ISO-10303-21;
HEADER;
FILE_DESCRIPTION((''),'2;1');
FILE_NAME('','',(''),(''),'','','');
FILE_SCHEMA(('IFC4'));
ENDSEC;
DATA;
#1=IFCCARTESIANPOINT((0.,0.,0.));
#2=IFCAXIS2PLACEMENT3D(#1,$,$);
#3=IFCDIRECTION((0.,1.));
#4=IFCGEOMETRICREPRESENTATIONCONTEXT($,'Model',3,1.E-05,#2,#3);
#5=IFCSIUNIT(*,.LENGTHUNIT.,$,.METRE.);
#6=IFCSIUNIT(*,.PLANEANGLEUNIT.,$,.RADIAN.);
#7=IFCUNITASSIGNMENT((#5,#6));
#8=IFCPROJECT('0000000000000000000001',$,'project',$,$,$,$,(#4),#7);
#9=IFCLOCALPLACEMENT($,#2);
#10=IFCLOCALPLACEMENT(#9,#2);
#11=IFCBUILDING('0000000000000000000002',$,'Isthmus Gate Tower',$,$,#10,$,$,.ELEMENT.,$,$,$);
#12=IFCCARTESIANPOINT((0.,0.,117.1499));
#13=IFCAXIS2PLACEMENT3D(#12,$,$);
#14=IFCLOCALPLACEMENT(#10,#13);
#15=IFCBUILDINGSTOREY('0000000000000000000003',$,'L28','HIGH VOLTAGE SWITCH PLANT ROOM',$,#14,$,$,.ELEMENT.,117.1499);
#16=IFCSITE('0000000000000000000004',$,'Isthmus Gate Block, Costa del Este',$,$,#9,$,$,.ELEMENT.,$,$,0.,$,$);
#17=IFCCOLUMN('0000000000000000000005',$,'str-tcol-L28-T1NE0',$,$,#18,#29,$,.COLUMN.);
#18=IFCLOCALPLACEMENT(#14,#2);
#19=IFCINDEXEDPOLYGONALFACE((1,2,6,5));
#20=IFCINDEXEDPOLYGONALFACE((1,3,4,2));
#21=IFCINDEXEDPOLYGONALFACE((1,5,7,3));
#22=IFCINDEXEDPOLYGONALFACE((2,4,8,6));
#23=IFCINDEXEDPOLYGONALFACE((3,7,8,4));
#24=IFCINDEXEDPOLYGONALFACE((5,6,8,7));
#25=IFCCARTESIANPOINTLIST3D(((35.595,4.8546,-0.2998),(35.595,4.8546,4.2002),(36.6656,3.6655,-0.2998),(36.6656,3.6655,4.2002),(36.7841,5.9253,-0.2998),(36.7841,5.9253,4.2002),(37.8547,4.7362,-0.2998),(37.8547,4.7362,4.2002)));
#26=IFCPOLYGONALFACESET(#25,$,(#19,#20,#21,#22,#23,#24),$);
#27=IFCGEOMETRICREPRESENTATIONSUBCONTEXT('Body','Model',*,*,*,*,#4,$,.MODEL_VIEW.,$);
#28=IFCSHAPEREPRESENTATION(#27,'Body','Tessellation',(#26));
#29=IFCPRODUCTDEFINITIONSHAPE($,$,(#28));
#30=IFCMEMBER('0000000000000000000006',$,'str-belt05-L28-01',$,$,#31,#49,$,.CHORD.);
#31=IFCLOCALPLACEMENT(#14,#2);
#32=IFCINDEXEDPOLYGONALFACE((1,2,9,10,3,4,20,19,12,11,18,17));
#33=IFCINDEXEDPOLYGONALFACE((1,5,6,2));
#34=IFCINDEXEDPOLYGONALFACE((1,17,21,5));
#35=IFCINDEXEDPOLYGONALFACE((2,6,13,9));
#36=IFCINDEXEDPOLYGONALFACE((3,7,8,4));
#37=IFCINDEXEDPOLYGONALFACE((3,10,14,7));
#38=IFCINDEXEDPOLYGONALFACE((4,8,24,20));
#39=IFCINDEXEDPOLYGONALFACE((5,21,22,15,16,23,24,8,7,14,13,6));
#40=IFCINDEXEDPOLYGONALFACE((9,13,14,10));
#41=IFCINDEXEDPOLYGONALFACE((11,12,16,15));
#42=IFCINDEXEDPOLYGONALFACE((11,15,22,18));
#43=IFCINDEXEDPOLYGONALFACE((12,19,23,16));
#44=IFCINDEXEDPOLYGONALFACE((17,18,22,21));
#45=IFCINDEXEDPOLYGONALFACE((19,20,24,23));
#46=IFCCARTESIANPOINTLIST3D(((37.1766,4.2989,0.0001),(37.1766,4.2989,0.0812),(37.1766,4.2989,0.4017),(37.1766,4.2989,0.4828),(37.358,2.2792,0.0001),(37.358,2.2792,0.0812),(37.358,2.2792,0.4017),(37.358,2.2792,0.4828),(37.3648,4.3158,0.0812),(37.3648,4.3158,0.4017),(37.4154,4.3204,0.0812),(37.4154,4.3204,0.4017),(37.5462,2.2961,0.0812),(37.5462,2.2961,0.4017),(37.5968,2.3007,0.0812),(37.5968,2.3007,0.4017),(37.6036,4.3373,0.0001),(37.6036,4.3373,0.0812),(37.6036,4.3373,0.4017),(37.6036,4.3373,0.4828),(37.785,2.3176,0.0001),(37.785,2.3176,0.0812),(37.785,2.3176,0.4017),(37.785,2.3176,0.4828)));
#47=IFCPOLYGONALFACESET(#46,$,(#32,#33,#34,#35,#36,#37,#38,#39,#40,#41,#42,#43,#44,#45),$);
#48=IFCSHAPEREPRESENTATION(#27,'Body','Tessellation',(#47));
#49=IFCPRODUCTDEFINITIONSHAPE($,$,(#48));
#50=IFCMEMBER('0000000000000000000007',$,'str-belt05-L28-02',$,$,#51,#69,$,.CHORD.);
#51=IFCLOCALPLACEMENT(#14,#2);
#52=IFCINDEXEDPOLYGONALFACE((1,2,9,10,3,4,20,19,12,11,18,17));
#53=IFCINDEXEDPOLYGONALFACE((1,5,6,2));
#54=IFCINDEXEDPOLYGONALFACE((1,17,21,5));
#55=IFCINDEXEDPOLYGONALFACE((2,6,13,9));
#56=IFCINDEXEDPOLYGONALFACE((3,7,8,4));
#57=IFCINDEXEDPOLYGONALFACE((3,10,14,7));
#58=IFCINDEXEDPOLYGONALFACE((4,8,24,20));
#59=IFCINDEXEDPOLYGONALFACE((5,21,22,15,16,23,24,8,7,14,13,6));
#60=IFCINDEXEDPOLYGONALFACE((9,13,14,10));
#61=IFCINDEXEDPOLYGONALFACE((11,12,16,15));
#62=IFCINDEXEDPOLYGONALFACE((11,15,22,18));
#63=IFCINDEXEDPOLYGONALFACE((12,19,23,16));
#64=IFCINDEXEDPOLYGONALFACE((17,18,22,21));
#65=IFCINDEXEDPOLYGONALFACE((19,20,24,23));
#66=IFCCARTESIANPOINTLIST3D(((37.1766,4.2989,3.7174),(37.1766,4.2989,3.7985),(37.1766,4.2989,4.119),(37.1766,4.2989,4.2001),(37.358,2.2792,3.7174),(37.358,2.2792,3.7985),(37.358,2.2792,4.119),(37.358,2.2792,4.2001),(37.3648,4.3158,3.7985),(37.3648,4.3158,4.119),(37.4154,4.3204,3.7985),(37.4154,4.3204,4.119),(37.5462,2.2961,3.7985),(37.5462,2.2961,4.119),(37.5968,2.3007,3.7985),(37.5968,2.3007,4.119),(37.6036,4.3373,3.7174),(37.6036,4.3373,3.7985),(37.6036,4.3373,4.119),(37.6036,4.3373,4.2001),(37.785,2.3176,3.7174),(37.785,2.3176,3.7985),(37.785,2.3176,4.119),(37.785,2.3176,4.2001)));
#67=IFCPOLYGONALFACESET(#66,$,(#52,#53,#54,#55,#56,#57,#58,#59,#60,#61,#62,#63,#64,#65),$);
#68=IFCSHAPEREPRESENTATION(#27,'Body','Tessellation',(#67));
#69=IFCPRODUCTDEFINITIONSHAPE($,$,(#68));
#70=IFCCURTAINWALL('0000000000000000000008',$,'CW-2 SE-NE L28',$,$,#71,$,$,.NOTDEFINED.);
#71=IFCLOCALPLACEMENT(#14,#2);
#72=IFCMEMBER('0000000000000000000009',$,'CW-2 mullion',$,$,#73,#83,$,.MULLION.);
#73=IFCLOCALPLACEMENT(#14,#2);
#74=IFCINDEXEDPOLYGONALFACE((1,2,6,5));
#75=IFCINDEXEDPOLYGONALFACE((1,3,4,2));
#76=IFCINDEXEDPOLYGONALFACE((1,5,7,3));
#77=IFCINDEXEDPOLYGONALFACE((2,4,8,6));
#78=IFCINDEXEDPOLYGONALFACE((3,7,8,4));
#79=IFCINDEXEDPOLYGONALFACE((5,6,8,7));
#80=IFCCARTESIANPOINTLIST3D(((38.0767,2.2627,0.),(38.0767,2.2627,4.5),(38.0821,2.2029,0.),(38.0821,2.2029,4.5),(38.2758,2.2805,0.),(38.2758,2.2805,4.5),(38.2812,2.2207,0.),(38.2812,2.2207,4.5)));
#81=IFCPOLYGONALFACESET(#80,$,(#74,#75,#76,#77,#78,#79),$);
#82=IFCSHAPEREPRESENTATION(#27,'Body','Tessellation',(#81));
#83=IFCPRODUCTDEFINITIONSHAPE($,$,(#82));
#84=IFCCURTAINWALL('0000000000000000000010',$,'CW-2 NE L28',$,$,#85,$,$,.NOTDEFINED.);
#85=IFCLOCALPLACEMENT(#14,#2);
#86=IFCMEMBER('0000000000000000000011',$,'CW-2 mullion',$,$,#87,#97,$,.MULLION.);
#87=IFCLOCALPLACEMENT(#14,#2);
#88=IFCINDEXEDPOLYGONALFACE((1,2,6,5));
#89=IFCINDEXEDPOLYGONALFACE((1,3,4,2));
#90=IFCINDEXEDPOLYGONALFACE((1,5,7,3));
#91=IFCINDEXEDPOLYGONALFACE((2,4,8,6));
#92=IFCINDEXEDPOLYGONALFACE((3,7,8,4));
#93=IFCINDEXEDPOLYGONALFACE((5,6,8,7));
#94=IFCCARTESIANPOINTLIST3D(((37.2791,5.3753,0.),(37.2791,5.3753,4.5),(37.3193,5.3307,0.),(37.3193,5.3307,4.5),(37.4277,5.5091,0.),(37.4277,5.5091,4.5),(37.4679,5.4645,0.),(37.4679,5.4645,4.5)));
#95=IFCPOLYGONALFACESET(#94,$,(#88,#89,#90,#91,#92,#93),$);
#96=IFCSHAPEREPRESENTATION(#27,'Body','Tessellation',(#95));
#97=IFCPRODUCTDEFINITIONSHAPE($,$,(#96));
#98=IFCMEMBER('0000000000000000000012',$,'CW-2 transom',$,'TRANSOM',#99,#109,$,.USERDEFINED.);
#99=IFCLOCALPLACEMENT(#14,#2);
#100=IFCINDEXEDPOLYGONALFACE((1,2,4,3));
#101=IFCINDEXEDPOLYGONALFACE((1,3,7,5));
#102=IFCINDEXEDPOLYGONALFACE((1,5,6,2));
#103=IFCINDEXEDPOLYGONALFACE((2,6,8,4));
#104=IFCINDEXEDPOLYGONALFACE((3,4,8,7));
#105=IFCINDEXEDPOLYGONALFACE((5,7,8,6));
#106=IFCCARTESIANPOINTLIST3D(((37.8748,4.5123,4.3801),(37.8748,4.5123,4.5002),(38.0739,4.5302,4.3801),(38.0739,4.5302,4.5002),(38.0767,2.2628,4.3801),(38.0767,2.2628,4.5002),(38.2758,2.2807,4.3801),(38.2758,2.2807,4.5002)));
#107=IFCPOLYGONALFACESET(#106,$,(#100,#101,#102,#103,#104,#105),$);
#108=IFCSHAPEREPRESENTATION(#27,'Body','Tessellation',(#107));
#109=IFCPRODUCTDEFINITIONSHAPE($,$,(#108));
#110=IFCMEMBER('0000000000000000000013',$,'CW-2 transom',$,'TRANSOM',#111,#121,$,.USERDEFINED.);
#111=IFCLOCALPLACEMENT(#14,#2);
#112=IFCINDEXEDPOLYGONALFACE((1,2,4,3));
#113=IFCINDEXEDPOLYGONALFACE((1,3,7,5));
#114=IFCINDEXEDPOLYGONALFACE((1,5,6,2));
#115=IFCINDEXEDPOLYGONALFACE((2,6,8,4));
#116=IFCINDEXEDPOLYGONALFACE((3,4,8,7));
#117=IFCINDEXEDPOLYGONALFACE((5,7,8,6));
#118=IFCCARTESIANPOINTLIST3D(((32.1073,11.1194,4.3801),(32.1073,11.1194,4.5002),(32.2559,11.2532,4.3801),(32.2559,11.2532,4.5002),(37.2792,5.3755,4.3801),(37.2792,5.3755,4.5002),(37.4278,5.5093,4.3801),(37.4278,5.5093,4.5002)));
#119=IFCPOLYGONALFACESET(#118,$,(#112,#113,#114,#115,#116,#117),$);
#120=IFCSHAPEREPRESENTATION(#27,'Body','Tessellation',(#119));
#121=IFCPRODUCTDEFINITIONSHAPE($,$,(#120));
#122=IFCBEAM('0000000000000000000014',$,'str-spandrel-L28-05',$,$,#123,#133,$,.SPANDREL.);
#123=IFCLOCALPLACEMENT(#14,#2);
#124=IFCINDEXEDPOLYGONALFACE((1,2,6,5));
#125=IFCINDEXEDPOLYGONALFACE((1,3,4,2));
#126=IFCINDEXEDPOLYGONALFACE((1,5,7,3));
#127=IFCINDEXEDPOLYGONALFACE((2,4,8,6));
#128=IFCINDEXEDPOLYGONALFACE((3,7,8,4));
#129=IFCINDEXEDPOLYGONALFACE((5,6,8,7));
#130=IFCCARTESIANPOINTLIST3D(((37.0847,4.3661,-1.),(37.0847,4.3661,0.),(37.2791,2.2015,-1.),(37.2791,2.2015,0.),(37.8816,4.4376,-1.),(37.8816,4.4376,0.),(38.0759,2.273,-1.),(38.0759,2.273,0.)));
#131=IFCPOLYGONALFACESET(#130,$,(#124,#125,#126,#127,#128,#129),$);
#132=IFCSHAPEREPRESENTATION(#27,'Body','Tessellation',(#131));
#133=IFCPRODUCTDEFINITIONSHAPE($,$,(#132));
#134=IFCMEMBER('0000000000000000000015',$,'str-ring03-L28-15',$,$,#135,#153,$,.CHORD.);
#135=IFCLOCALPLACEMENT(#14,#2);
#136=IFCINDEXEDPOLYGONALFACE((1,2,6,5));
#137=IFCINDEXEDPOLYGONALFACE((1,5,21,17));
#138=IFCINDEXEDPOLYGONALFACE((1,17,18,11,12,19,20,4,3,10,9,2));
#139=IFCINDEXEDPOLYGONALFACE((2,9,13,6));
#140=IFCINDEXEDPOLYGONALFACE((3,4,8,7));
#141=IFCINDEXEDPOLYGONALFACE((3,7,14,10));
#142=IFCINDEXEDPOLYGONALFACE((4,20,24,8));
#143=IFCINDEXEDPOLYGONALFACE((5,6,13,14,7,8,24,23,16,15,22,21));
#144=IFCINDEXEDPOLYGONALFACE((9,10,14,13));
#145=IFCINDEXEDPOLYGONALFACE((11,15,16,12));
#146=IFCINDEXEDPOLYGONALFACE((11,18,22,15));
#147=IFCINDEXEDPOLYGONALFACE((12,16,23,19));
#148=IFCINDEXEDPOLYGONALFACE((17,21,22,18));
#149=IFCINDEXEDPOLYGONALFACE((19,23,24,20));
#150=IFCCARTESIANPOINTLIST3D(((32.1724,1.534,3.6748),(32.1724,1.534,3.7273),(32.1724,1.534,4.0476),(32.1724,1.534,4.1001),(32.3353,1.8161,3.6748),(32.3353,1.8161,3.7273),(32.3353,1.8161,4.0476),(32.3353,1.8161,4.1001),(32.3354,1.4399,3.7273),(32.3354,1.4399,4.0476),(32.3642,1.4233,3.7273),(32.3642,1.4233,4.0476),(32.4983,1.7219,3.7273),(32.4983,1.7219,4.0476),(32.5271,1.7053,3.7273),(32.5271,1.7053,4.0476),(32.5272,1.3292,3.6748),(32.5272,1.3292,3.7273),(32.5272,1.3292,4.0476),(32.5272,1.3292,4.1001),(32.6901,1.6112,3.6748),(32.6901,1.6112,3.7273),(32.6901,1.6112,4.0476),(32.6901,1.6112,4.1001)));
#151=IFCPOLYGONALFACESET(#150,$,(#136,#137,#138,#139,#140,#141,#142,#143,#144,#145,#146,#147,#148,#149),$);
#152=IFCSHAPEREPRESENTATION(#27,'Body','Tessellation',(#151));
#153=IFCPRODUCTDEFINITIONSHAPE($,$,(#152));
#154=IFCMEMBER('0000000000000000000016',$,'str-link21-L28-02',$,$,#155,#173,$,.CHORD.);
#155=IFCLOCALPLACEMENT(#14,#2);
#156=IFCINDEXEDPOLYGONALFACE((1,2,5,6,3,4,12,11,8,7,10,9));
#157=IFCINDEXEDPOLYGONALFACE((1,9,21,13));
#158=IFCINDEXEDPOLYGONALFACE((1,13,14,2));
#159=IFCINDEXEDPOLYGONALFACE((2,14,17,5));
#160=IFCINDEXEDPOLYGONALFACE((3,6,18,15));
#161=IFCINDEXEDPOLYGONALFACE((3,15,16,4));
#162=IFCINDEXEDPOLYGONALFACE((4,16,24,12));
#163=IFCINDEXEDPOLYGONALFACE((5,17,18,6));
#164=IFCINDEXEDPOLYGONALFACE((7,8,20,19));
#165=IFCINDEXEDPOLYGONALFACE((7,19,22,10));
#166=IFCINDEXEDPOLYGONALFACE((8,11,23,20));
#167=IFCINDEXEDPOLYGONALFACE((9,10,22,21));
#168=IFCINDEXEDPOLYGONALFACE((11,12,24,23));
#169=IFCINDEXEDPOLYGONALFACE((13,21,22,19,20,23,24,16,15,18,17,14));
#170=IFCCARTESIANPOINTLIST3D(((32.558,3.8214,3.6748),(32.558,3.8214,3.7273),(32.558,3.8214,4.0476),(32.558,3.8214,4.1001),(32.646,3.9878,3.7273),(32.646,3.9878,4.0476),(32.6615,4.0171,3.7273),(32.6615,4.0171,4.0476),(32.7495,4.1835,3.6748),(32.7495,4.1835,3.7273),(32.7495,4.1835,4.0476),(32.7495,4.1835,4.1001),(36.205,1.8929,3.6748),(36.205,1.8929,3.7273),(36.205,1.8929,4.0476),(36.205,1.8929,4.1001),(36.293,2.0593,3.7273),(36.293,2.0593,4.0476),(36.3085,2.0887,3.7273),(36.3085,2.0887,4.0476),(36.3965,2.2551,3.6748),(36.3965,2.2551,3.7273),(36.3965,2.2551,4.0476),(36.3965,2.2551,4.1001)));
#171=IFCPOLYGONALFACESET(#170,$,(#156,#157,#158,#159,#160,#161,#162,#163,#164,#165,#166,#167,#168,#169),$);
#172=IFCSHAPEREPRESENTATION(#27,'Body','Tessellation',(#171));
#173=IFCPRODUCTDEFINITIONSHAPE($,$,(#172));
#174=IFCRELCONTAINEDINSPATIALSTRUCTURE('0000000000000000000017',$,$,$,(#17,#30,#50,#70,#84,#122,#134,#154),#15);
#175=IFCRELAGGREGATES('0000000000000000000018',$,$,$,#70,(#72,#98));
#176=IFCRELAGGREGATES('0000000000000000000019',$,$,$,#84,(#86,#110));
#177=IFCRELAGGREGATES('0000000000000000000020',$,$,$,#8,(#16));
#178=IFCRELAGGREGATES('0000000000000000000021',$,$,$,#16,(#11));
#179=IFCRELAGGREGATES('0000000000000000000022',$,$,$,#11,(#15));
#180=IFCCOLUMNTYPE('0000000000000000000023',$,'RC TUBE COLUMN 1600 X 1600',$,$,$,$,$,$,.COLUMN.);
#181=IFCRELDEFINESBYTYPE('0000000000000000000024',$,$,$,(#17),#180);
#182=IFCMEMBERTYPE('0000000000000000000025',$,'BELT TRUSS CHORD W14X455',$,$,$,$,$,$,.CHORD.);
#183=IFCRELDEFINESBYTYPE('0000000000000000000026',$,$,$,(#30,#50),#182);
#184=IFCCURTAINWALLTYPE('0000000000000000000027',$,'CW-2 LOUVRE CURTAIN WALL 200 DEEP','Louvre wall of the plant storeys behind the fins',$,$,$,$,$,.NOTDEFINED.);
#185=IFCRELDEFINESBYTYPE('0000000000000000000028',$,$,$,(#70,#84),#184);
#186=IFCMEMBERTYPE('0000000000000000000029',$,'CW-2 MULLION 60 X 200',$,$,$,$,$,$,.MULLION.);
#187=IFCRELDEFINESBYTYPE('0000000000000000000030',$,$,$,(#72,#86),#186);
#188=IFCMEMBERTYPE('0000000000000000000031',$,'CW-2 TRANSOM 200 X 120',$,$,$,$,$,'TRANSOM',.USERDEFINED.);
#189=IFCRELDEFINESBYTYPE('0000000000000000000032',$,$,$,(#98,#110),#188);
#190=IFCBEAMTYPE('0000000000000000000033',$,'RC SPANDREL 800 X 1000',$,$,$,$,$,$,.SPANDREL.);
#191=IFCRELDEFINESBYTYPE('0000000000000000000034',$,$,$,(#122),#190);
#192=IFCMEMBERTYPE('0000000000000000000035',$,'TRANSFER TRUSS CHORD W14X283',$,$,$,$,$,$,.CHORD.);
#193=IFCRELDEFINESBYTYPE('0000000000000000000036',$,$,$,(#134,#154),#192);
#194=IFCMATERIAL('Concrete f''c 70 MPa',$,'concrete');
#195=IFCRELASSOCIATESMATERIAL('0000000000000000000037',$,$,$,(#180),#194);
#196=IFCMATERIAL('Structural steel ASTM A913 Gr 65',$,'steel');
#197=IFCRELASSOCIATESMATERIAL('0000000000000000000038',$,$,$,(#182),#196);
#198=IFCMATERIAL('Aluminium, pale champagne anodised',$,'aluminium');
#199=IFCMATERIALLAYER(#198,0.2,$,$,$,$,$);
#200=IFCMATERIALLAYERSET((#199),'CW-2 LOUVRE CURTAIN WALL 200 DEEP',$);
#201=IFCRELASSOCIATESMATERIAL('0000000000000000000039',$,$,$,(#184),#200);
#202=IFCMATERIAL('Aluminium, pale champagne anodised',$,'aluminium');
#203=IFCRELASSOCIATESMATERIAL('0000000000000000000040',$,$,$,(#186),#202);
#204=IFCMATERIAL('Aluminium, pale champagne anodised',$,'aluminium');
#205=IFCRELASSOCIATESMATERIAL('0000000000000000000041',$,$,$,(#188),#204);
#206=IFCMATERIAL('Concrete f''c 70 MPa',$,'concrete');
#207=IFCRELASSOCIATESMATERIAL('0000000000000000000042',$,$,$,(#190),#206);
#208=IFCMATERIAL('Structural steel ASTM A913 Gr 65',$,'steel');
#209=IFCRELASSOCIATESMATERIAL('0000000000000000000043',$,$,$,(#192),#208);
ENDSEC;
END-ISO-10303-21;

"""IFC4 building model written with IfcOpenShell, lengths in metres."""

from ifc_helpers import new_model, si_unit, direction, frame, origin, origin_2d, place, context, subcontext, project, spatial, rectangle, i_section, extrude, material, layer, layer_set, material_profile, profile_set, type_object, element, aggregate, save


model = new_model("IFC4")

# Units and contexts
model_context = context("Model", 3, precision=1e-05, world=origin(), true_north=direction((0.0, 1.0)))
body_context = subcontext(model_context, "Body", "Model", "MODEL_VIEW")
ifc_project = project(units=[si_unit("LENGTHUNIT", "METRE"), si_unit("PLANEANGLEUNIT", "RADIAN")], contexts=[model_context])

# Site, building, storey
site_placement = place(None, origin())
site = spatial("IfcSite", under=ifc_project, at=site_placement, Name="Isthmus Gate Block, Costa del Este", CompositionType="ELEMENT", RefElevation=0.0)
building_placement = place(site_placement, origin())
building = spatial("IfcBuilding", under=site, at=building_placement, Name="Isthmus Gate Tower", CompositionType="ELEMENT")
storey_placement = place(building_placement, frame((0.0, 0.0, 117.1499)))
storey = spatial("IfcBuildingStorey", under=building, at=storey_placement, Name="L28", Description="HIGH VOLTAGE SWITCH PLANT ROOM", CompositionType="ELEMENT", Elevation=117.1499)

# Column
ifc_material_1 = material(Name="Concrete f'c 70 MPa", Category="concrete")
ifc_material_profile_1 = material_profile(ifc_material_1, rectangle(XDim=1.6001, YDim=1.6001, at=origin_2d()), Name="RC 1600X1600")
ifc_profile_set_1 = profile_set([ifc_material_profile_1], Name="Concrete f'c 70 MPa")
column_type = type_object("IfcColumnType", Name="RC TUBE COLUMN 1600 X 1600", PredefinedType="COLUMN", material=ifc_profile_set_1)
column_placement = place(storey_placement, frame((36.7249, 4.7954, -0.2998), z_axis=(0.0, 0.0, 1.0), x_axis=(-0.669131, 0.743145, 0.0)))
element("IfcColumn", 1, at=column_placement, inside=storey, type_object=column_type, Name="str-tcol-L28-T1NE0", PredefinedType="COLUMN", context=body_context, shape_type="SweptSolid", body=[
    extrude(rectangle(XDim=1.6001, YDim=1.6001, at=origin_2d()), origin(), (0.0, 0.0, 1.0), 4.5),
])

# Members
ifc_material_2 = material(Name="Structural steel ASTM A913 Gr 65", Category="steel")
ifc_material_profile_2 = material_profile(ifc_material_2, i_section(OverallWidth=0.4287, OverallDepth=0.4827, WebThickness=0.0508, FlangeThickness=0.0811, at=origin_2d()), Name="W14X455")
ifc_profile_set_2 = profile_set([ifc_material_profile_2], Name="Structural steel ASTM A913 Gr 65")
member_type_1 = type_object("IfcMemberType", Name="BELT TRUSS CHORD W14X455", PredefinedType="CHORD", material=ifc_profile_set_2)
for number, where, z_axis, x_axis, name in (
    (2, (37.3901, 4.3181, 0.2415), (0.08945, -0.995991, 0.0), (0.995991, 0.08945, 0.0), "str-belt05-L28-01"),
    (3, (37.3901, 4.3181, 3.9587), (0.08945, -0.995991, 0.0), (0.995991, 0.08945, 0.0), "str-belt05-L28-02"),
):
    element("IfcMember", number, at=place(storey_placement, frame(where, z_axis=z_axis, x_axis=x_axis)), inside=storey, type_object=member_type_1, Name=name, PredefinedType="CHORD", context=body_context, shape_type="SweptSolid", body=[
        extrude(i_section(OverallWidth=0.4287, OverallDepth=0.4827, WebThickness=0.0508, FlangeThickness=0.0811, at=origin_2d()), origin(), (0.0, 0.0, 1.0), 2.0278),
    ])

# Curtain walls, members
ifc_material_3 = material(Name="Aluminium, pale champagne anodised", Category="aluminium")
ifc_layer_1 = layer(ifc_material_3, 0.2)
ifc_layer_set_1 = layer_set([ifc_layer_1], Name="CW-2 LOUVRE CURTAIN WALL 200 DEEP")
curtain_wall_type = type_object("IfcCurtainWallType", Name="CW-2 LOUVRE CURTAIN WALL 200 DEEP", Description="Louvre wall of the plant storeys behind the fins", PredefinedType="NOTDEFINED", material=ifc_layer_set_1)
curtain_wall_1_placement = place(storey_placement, origin())
curtain_wall_1 = element("IfcCurtainWall", 4, at=curtain_wall_1_placement, inside=storey, type_object=curtain_wall_type, Name="CW-2 SE-NE L28", PredefinedType="NOTDEFINED")
ifc_material_4 = material(Name="Aluminium, pale champagne anodised", Category="aluminium")
ifc_material_profile_3 = material_profile(ifc_material_4, rectangle(XDim=0.0601, YDim=0.2, at=origin_2d()), Name="60x200")
ifc_profile_set_3 = profile_set([ifc_material_profile_3], Name="Aluminium, pale champagne anodised")
member_type_2 = type_object("IfcMemberType", Name="CW-2 MULLION 60 X 200", PredefinedType="MULLION", material=ifc_profile_set_3)
member_1_placement = place(storey_placement, frame((38.179, 2.2417, 0.0), z_axis=(0.0, 0.0, 1.0), x_axis=(-0.089397, 0.995996, 0.0)))
member_1 = element("IfcMember", 5, at=member_1_placement, type_object=member_type_2, Name="CW-2 mullion", PredefinedType="MULLION", context=body_context, shape_type="SweptSolid", body=[
    extrude(rectangle(XDim=0.0601, YDim=0.2, at=origin_2d()), origin(), (0.0, 0.0, 1.0), 4.5),
])
curtain_wall_2_placement = place(storey_placement, origin())
curtain_wall_2 = element("IfcCurtainWall", 6, at=curtain_wall_2_placement, inside=storey, type_object=curtain_wall_type, Name="CW-2 NE L28", PredefinedType="NOTDEFINED")
member_2_placement = place(storey_placement, frame((37.3735, 5.4199, 0.0), z_axis=(0.0, 0.0, 1.0), x_axis=(-0.669131, 0.743145, 0.0)))
member_2 = element("IfcMember", 7, at=member_2_placement, type_object=member_type_2, Name="CW-2 mullion", PredefinedType="MULLION", context=body_context, shape_type="SweptSolid", body=[
    extrude(rectangle(XDim=0.0601, YDim=0.2, at=origin_2d()), origin(), (0.0, 0.0, 1.0), 4.5),
])

# Members
ifc_material_5 = material(Name="Aluminium, pale champagne anodised", Category="aluminium")
ifc_material_profile_4 = material_profile(ifc_material_5, rectangle(XDim=0.2, YDim=0.1201, at=origin_2d()), Name="200x120")
ifc_profile_set_4 = profile_set([ifc_material_profile_4], Name="Aluminium, pale champagne anodised")
member_type_3 = type_object("IfcMemberType", Name="CW-2 TRANSOM 200 X 120", ElementType="TRANSOM", PredefinedType="USERDEFINED", material=ifc_profile_set_4)
member_3_placement = place(storey_placement, frame((38.1763, 2.2717, 4.4402), z_axis=(-0.089395, 0.995996, 0.0), x_axis=(-0.995996, -0.089395, 0.0)))
member_3 = element("IfcMember", 8, at=member_3_placement, type_object=member_type_3, Name="CW-2 transom", ObjectType="TRANSOM", PredefinedType="USERDEFINED", context=body_context, shape_type="SweptSolid", body=[
    extrude(rectangle(XDim=0.2, YDim=0.1201, at=origin_2d()), origin(), (0.0, 0.0, 1.0), 2.2585),
])
member_4_placement = place(storey_placement, frame((37.3535, 5.4424, 4.4402), z_axis=(-0.669134, 0.743142, 0.0), x_axis=(-0.743142, -0.669134, 0.0)))
member_4 = element("IfcMember", 9, at=member_4_placement, type_object=member_type_3, Name="CW-2 transom", ObjectType="TRANSOM", PredefinedType="USERDEFINED", context=body_context, shape_type="SweptSolid", body=[
    extrude(rectangle(XDim=0.2, YDim=0.1201, at=origin_2d()), origin(), (0.0, 0.0, 1.0), 7.7292),
])

# Beam
ifc_material_6 = material(Name="Concrete f'c 70 MPa", Category="concrete")
ifc_material_profile_5 = material_profile(ifc_material_6, rectangle(XDim=0.8, YDim=1.0, at=origin_2d()), Name="RC 800X1000")
ifc_profile_set_5 = profile_set([ifc_material_profile_5], Name="Concrete f'c 70 MPa")
beam_type = type_object("IfcBeamType", Name="RC SPANDREL 800 X 1000", PredefinedType="SPANDREL", material=ifc_profile_set_5)
beam_placement = place(storey_placement, frame((37.4832, 4.4019, -0.5), z_axis=(0.089422, -0.995994, 0.0), x_axis=(0.995994, 0.089422, 0.0)))
element("IfcBeam", 10, at=beam_placement, inside=storey, type_object=beam_type, Name="str-spandrel-L28-05", PredefinedType="SPANDREL", context=body_context, shape_type="SweptSolid", body=[
    extrude(rectangle(XDim=0.8, YDim=1.0, at=origin_2d()), origin(), (0.0, 0.0, 1.0), 2.1733),
])

# Members
ifc_material_7 = material(Name="Structural steel ASTM A913 Gr 65", Category="steel")
ifc_material_profile_6 = material_profile(ifc_material_7, i_section(OverallWidth=0.4097, OverallDepth=0.4253, WebThickness=0.0332, FlangeThickness=0.0525, at=origin_2d()), Name="W14X283")
ifc_profile_set_6 = profile_set([ifc_material_profile_6], Name="Structural steel ASTM A913 Gr 65")
member_type_4 = type_object("IfcMemberType", Name="TRANSFER TRUSS CHORD W14X283", PredefinedType="CHORD", material=ifc_profile_set_6)
member_5_placement = place(storey_placement, frame((32.5127, 1.7136, 3.8875), z_axis=(-0.50009, -0.865973, 0.0), x_axis=(0.865973, -0.50009, 0.0)))
element("IfcMember", 11, at=member_5_placement, inside=storey, type_object=member_type_4, Name="str-ring03-L28-15", PredefinedType="CHORD", context=body_context, shape_type="SweptSolid", body=[
    extrude(i_section(OverallWidth=0.4097, OverallDepth=0.4253, WebThickness=0.0332, FlangeThickness=0.0525, at=origin_2d()), origin(), (0.0, 0.0, 1.0), 0.3257),
])
member_6_placement = place(storey_placement, frame((36.3008, 2.074, 3.8875), z_axis=(-0.884017, 0.467455, 0.0), x_axis=(-0.467455, -0.884017, 0.0)))
element("IfcMember", 12, at=member_6_placement, inside=storey, type_object=member_type_4, Name="str-link21-L28-02", PredefinedType="CHORD", context=body_context, shape_type="SweptSolid", body=[
    extrude(i_section(OverallWidth=0.4097, OverallDepth=0.4253, WebThickness=0.0332, FlangeThickness=0.0525, at=origin_2d()), origin(), (0.0, 0.0, 1.0), 4.1255),
])

aggregate(curtain_wall_1, [member_1, member_3])
aggregate(curtain_wall_2, [member_2, member_4])

save(model, "model.ifc")
